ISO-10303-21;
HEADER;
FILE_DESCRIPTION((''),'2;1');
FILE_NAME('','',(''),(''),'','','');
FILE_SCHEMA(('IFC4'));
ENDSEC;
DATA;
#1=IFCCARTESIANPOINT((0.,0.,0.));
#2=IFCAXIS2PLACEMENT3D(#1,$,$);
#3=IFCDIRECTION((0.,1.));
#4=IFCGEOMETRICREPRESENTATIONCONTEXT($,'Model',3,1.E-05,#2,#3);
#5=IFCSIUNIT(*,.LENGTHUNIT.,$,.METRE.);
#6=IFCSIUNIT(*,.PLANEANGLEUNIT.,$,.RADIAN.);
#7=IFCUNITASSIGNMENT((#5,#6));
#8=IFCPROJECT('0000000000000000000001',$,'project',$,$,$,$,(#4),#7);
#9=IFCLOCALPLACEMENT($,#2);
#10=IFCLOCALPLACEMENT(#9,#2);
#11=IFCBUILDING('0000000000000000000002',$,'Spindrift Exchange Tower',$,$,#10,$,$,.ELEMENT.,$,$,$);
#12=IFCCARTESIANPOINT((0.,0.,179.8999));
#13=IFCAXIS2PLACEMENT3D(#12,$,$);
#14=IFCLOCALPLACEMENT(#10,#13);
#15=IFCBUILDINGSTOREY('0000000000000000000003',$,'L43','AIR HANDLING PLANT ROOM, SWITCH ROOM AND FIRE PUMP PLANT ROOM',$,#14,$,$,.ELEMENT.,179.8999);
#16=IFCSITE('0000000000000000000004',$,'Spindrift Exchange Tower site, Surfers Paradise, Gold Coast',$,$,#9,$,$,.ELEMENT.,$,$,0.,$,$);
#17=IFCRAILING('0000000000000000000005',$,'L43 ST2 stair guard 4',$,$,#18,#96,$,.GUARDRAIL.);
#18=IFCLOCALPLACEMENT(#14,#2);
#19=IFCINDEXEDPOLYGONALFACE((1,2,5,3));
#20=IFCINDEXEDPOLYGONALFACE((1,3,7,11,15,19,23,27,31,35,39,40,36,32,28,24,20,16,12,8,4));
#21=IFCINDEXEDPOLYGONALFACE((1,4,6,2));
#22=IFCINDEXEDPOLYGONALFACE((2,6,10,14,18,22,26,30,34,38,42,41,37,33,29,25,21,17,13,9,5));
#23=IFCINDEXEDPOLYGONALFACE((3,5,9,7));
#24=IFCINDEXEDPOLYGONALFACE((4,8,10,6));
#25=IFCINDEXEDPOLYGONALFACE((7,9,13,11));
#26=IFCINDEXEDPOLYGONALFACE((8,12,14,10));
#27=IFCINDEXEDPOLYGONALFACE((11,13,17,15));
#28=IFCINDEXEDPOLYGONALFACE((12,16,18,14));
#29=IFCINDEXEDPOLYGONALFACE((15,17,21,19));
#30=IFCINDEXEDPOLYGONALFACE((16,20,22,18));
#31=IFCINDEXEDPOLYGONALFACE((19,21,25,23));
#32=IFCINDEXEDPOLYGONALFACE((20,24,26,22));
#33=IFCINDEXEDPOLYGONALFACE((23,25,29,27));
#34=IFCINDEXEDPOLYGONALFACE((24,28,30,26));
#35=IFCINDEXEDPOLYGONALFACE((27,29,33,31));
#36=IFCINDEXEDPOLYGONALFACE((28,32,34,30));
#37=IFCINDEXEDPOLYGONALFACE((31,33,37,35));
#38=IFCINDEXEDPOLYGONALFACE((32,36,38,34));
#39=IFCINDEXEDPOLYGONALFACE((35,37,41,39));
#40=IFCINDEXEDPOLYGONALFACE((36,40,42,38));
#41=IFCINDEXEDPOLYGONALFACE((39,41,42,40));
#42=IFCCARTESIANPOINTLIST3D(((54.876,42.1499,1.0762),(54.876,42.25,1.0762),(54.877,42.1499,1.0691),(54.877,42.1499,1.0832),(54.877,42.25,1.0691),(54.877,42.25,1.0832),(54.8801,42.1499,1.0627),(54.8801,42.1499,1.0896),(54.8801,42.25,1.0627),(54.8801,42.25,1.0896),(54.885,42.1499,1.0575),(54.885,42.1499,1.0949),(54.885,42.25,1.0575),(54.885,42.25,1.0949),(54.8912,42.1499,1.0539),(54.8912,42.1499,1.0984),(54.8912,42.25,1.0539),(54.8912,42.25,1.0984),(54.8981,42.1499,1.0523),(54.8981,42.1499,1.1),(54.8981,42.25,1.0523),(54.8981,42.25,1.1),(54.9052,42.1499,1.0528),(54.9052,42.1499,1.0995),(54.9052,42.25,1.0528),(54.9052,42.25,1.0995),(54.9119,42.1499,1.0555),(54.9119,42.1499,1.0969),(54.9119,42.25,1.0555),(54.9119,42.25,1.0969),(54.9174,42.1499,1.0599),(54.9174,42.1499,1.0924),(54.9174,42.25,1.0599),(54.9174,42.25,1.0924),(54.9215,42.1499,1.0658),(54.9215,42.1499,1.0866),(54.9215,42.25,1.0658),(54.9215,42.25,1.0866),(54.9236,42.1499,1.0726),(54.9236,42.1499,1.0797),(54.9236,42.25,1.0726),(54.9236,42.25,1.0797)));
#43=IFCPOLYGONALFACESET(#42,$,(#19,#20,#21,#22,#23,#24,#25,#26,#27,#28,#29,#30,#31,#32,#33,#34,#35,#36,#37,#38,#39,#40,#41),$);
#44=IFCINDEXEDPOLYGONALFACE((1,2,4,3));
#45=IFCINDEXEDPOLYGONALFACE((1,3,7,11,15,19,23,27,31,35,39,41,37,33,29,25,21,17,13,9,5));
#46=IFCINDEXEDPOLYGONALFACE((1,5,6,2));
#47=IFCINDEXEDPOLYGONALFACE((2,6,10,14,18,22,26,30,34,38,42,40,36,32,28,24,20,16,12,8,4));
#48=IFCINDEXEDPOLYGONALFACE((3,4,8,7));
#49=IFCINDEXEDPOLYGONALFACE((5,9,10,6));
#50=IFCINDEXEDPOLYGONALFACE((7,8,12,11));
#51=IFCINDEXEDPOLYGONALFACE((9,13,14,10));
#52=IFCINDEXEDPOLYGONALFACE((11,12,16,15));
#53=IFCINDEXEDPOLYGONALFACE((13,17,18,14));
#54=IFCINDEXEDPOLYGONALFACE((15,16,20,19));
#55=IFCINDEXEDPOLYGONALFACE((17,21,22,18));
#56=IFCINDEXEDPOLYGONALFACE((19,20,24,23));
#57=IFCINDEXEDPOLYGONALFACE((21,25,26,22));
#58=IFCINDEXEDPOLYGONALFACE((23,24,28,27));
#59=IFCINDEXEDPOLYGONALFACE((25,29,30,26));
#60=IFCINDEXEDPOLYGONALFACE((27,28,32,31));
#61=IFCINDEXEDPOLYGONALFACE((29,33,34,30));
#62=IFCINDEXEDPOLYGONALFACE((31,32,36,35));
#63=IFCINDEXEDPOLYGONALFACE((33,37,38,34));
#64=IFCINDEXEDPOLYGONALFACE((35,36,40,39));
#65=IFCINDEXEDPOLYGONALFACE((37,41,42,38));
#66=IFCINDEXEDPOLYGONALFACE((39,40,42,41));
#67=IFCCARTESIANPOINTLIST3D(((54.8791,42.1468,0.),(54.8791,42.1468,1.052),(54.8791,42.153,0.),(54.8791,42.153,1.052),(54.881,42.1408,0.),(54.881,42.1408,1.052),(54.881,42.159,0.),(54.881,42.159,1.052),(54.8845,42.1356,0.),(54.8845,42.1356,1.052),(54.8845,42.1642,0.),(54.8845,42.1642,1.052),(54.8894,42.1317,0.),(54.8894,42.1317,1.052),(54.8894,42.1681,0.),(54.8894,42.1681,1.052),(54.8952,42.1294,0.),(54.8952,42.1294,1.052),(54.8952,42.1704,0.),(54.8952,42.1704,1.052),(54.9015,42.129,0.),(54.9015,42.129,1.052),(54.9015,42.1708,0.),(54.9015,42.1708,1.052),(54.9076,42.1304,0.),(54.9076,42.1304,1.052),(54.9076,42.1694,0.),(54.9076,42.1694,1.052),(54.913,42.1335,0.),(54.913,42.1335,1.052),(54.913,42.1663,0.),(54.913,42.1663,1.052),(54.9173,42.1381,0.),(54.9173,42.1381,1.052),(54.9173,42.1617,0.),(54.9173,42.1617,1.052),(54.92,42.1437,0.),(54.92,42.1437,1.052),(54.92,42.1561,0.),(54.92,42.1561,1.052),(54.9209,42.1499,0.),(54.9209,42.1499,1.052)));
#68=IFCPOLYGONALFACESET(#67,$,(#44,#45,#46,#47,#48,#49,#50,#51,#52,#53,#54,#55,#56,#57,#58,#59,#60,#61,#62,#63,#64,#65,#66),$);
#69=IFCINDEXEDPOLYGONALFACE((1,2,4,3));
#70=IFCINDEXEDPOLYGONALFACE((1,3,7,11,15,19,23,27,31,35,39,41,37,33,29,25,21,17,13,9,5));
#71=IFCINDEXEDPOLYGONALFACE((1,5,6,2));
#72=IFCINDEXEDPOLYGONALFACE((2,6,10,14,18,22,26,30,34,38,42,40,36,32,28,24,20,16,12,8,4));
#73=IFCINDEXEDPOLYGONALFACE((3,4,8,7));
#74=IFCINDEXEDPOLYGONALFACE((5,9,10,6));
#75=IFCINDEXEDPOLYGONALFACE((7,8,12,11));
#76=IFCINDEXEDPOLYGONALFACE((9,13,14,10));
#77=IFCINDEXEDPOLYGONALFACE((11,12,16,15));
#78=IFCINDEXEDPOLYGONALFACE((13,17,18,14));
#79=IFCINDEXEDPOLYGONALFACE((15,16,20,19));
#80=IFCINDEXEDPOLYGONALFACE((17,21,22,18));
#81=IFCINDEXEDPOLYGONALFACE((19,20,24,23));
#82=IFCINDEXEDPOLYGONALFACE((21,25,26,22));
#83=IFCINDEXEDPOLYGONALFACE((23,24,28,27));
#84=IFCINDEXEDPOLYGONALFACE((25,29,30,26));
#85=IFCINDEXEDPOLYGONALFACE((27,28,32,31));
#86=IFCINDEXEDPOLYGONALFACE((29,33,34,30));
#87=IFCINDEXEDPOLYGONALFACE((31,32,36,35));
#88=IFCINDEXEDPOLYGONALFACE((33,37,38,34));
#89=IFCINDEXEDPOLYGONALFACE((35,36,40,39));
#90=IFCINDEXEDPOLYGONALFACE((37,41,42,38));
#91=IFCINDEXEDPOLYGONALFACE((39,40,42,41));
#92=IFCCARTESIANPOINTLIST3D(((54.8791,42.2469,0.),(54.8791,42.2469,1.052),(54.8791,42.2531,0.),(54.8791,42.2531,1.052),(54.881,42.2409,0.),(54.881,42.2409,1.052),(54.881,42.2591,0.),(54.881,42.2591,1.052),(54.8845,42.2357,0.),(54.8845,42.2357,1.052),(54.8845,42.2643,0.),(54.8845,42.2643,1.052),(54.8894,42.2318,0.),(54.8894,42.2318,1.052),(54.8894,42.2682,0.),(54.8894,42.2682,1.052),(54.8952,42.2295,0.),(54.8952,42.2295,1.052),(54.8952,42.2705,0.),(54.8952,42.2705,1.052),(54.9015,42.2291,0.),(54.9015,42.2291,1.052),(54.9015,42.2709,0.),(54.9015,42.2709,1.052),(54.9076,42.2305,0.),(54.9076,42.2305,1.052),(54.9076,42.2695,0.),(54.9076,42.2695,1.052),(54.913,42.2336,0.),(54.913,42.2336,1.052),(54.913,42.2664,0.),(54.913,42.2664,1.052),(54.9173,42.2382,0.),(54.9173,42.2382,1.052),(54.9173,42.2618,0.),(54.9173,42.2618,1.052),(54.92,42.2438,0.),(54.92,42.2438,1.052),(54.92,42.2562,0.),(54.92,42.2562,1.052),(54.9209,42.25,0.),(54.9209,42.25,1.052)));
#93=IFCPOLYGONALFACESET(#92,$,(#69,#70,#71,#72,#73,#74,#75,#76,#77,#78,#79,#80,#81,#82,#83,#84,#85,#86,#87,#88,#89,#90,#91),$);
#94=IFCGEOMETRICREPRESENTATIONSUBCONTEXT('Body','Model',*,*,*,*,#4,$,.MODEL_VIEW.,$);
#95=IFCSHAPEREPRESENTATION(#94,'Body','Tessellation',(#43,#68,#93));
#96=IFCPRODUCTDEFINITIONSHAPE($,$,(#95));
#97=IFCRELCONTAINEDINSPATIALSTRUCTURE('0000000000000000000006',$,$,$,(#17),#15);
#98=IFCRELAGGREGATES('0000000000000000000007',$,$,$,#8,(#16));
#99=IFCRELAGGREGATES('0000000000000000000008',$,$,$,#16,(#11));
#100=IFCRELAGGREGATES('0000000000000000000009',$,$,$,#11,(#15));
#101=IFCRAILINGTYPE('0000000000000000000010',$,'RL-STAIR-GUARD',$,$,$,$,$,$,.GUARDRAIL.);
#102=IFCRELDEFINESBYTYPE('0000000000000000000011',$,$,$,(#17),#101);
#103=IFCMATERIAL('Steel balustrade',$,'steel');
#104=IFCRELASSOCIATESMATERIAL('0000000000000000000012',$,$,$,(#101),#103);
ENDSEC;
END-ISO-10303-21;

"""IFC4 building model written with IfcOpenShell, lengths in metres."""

from ifc_helpers import new_model, si_unit, direction, frame, origin, origin_2d, place, context, subcontext, project, spatial, circle, extrude, material, type_object, element, save


model = new_model("IFC4")

# Units and contexts
model_context = context("Model", 3, precision=1e-05, world=origin(), true_north=direction((0.0, 1.0)))
body_context = subcontext(model_context, "Body", "Model", "MODEL_VIEW")
ifc_project = project(units=[si_unit("LENGTHUNIT", "METRE"), si_unit("PLANEANGLEUNIT", "RADIAN")], contexts=[model_context])

# Site, building, storey
site_placement = place(None, origin())
site = spatial("IfcSite", under=ifc_project, at=site_placement, Name="Spindrift Exchange Tower site, Surfers Paradise, Gold Coast", CompositionType="ELEMENT", RefElevation=0.0)
building_placement = place(site_placement, origin())
building = spatial("IfcBuilding", under=site, at=building_placement, Name="Spindrift Exchange Tower", CompositionType="ELEMENT")
storey_placement = place(building_placement, frame((0.0, 0.0, 179.8999)))
storey = spatial("IfcBuildingStorey", under=building, at=storey_placement, Name="L43", Description="AIR HANDLING PLANT ROOM, SWITCH ROOM AND FIRE PUMP PLANT ROOM", CompositionType="ELEMENT", Elevation=179.8999)

# Railing
ifc_material_1 = material(Name="Steel balustrade", Category="steel")
railing_type_1 = type_object("IfcRailingType", Name="RL-STAIR-GUARD", PredefinedType="GUARDRAIL", material=ifc_material_1)
railing_1_placement = place(storey_placement, frame((54.8999, 42.1499, 0.0)))
element("IfcRailing", 1, at=railing_1_placement, inside=storey, type_object=railing_type_1, Name="L43 ST2 stair guard 4", PredefinedType="GUARDRAIL", context=body_context, shape_type="SweptSolid", body=[
    extrude(circle(Radius=0.0239, at=origin_2d()), frame((0.0, 0.0, 1.0762), z_axis=(0.0, 1.0, 0.0), x_axis=(-1.0, 0.0, 0.0)), (0.0, 0.0, 1.0), 0.1001),
    extrude(circle(Radius=0.021, at=origin_2d()), origin(), (0.0, 0.0, 1.0), 1.052),
    extrude(circle(Radius=0.021, at=origin_2d()), frame((0.0, 0.1001, 0.0)), (0.0, 0.0, 1.0), 1.052),
])

save(model, "model.ifc")
